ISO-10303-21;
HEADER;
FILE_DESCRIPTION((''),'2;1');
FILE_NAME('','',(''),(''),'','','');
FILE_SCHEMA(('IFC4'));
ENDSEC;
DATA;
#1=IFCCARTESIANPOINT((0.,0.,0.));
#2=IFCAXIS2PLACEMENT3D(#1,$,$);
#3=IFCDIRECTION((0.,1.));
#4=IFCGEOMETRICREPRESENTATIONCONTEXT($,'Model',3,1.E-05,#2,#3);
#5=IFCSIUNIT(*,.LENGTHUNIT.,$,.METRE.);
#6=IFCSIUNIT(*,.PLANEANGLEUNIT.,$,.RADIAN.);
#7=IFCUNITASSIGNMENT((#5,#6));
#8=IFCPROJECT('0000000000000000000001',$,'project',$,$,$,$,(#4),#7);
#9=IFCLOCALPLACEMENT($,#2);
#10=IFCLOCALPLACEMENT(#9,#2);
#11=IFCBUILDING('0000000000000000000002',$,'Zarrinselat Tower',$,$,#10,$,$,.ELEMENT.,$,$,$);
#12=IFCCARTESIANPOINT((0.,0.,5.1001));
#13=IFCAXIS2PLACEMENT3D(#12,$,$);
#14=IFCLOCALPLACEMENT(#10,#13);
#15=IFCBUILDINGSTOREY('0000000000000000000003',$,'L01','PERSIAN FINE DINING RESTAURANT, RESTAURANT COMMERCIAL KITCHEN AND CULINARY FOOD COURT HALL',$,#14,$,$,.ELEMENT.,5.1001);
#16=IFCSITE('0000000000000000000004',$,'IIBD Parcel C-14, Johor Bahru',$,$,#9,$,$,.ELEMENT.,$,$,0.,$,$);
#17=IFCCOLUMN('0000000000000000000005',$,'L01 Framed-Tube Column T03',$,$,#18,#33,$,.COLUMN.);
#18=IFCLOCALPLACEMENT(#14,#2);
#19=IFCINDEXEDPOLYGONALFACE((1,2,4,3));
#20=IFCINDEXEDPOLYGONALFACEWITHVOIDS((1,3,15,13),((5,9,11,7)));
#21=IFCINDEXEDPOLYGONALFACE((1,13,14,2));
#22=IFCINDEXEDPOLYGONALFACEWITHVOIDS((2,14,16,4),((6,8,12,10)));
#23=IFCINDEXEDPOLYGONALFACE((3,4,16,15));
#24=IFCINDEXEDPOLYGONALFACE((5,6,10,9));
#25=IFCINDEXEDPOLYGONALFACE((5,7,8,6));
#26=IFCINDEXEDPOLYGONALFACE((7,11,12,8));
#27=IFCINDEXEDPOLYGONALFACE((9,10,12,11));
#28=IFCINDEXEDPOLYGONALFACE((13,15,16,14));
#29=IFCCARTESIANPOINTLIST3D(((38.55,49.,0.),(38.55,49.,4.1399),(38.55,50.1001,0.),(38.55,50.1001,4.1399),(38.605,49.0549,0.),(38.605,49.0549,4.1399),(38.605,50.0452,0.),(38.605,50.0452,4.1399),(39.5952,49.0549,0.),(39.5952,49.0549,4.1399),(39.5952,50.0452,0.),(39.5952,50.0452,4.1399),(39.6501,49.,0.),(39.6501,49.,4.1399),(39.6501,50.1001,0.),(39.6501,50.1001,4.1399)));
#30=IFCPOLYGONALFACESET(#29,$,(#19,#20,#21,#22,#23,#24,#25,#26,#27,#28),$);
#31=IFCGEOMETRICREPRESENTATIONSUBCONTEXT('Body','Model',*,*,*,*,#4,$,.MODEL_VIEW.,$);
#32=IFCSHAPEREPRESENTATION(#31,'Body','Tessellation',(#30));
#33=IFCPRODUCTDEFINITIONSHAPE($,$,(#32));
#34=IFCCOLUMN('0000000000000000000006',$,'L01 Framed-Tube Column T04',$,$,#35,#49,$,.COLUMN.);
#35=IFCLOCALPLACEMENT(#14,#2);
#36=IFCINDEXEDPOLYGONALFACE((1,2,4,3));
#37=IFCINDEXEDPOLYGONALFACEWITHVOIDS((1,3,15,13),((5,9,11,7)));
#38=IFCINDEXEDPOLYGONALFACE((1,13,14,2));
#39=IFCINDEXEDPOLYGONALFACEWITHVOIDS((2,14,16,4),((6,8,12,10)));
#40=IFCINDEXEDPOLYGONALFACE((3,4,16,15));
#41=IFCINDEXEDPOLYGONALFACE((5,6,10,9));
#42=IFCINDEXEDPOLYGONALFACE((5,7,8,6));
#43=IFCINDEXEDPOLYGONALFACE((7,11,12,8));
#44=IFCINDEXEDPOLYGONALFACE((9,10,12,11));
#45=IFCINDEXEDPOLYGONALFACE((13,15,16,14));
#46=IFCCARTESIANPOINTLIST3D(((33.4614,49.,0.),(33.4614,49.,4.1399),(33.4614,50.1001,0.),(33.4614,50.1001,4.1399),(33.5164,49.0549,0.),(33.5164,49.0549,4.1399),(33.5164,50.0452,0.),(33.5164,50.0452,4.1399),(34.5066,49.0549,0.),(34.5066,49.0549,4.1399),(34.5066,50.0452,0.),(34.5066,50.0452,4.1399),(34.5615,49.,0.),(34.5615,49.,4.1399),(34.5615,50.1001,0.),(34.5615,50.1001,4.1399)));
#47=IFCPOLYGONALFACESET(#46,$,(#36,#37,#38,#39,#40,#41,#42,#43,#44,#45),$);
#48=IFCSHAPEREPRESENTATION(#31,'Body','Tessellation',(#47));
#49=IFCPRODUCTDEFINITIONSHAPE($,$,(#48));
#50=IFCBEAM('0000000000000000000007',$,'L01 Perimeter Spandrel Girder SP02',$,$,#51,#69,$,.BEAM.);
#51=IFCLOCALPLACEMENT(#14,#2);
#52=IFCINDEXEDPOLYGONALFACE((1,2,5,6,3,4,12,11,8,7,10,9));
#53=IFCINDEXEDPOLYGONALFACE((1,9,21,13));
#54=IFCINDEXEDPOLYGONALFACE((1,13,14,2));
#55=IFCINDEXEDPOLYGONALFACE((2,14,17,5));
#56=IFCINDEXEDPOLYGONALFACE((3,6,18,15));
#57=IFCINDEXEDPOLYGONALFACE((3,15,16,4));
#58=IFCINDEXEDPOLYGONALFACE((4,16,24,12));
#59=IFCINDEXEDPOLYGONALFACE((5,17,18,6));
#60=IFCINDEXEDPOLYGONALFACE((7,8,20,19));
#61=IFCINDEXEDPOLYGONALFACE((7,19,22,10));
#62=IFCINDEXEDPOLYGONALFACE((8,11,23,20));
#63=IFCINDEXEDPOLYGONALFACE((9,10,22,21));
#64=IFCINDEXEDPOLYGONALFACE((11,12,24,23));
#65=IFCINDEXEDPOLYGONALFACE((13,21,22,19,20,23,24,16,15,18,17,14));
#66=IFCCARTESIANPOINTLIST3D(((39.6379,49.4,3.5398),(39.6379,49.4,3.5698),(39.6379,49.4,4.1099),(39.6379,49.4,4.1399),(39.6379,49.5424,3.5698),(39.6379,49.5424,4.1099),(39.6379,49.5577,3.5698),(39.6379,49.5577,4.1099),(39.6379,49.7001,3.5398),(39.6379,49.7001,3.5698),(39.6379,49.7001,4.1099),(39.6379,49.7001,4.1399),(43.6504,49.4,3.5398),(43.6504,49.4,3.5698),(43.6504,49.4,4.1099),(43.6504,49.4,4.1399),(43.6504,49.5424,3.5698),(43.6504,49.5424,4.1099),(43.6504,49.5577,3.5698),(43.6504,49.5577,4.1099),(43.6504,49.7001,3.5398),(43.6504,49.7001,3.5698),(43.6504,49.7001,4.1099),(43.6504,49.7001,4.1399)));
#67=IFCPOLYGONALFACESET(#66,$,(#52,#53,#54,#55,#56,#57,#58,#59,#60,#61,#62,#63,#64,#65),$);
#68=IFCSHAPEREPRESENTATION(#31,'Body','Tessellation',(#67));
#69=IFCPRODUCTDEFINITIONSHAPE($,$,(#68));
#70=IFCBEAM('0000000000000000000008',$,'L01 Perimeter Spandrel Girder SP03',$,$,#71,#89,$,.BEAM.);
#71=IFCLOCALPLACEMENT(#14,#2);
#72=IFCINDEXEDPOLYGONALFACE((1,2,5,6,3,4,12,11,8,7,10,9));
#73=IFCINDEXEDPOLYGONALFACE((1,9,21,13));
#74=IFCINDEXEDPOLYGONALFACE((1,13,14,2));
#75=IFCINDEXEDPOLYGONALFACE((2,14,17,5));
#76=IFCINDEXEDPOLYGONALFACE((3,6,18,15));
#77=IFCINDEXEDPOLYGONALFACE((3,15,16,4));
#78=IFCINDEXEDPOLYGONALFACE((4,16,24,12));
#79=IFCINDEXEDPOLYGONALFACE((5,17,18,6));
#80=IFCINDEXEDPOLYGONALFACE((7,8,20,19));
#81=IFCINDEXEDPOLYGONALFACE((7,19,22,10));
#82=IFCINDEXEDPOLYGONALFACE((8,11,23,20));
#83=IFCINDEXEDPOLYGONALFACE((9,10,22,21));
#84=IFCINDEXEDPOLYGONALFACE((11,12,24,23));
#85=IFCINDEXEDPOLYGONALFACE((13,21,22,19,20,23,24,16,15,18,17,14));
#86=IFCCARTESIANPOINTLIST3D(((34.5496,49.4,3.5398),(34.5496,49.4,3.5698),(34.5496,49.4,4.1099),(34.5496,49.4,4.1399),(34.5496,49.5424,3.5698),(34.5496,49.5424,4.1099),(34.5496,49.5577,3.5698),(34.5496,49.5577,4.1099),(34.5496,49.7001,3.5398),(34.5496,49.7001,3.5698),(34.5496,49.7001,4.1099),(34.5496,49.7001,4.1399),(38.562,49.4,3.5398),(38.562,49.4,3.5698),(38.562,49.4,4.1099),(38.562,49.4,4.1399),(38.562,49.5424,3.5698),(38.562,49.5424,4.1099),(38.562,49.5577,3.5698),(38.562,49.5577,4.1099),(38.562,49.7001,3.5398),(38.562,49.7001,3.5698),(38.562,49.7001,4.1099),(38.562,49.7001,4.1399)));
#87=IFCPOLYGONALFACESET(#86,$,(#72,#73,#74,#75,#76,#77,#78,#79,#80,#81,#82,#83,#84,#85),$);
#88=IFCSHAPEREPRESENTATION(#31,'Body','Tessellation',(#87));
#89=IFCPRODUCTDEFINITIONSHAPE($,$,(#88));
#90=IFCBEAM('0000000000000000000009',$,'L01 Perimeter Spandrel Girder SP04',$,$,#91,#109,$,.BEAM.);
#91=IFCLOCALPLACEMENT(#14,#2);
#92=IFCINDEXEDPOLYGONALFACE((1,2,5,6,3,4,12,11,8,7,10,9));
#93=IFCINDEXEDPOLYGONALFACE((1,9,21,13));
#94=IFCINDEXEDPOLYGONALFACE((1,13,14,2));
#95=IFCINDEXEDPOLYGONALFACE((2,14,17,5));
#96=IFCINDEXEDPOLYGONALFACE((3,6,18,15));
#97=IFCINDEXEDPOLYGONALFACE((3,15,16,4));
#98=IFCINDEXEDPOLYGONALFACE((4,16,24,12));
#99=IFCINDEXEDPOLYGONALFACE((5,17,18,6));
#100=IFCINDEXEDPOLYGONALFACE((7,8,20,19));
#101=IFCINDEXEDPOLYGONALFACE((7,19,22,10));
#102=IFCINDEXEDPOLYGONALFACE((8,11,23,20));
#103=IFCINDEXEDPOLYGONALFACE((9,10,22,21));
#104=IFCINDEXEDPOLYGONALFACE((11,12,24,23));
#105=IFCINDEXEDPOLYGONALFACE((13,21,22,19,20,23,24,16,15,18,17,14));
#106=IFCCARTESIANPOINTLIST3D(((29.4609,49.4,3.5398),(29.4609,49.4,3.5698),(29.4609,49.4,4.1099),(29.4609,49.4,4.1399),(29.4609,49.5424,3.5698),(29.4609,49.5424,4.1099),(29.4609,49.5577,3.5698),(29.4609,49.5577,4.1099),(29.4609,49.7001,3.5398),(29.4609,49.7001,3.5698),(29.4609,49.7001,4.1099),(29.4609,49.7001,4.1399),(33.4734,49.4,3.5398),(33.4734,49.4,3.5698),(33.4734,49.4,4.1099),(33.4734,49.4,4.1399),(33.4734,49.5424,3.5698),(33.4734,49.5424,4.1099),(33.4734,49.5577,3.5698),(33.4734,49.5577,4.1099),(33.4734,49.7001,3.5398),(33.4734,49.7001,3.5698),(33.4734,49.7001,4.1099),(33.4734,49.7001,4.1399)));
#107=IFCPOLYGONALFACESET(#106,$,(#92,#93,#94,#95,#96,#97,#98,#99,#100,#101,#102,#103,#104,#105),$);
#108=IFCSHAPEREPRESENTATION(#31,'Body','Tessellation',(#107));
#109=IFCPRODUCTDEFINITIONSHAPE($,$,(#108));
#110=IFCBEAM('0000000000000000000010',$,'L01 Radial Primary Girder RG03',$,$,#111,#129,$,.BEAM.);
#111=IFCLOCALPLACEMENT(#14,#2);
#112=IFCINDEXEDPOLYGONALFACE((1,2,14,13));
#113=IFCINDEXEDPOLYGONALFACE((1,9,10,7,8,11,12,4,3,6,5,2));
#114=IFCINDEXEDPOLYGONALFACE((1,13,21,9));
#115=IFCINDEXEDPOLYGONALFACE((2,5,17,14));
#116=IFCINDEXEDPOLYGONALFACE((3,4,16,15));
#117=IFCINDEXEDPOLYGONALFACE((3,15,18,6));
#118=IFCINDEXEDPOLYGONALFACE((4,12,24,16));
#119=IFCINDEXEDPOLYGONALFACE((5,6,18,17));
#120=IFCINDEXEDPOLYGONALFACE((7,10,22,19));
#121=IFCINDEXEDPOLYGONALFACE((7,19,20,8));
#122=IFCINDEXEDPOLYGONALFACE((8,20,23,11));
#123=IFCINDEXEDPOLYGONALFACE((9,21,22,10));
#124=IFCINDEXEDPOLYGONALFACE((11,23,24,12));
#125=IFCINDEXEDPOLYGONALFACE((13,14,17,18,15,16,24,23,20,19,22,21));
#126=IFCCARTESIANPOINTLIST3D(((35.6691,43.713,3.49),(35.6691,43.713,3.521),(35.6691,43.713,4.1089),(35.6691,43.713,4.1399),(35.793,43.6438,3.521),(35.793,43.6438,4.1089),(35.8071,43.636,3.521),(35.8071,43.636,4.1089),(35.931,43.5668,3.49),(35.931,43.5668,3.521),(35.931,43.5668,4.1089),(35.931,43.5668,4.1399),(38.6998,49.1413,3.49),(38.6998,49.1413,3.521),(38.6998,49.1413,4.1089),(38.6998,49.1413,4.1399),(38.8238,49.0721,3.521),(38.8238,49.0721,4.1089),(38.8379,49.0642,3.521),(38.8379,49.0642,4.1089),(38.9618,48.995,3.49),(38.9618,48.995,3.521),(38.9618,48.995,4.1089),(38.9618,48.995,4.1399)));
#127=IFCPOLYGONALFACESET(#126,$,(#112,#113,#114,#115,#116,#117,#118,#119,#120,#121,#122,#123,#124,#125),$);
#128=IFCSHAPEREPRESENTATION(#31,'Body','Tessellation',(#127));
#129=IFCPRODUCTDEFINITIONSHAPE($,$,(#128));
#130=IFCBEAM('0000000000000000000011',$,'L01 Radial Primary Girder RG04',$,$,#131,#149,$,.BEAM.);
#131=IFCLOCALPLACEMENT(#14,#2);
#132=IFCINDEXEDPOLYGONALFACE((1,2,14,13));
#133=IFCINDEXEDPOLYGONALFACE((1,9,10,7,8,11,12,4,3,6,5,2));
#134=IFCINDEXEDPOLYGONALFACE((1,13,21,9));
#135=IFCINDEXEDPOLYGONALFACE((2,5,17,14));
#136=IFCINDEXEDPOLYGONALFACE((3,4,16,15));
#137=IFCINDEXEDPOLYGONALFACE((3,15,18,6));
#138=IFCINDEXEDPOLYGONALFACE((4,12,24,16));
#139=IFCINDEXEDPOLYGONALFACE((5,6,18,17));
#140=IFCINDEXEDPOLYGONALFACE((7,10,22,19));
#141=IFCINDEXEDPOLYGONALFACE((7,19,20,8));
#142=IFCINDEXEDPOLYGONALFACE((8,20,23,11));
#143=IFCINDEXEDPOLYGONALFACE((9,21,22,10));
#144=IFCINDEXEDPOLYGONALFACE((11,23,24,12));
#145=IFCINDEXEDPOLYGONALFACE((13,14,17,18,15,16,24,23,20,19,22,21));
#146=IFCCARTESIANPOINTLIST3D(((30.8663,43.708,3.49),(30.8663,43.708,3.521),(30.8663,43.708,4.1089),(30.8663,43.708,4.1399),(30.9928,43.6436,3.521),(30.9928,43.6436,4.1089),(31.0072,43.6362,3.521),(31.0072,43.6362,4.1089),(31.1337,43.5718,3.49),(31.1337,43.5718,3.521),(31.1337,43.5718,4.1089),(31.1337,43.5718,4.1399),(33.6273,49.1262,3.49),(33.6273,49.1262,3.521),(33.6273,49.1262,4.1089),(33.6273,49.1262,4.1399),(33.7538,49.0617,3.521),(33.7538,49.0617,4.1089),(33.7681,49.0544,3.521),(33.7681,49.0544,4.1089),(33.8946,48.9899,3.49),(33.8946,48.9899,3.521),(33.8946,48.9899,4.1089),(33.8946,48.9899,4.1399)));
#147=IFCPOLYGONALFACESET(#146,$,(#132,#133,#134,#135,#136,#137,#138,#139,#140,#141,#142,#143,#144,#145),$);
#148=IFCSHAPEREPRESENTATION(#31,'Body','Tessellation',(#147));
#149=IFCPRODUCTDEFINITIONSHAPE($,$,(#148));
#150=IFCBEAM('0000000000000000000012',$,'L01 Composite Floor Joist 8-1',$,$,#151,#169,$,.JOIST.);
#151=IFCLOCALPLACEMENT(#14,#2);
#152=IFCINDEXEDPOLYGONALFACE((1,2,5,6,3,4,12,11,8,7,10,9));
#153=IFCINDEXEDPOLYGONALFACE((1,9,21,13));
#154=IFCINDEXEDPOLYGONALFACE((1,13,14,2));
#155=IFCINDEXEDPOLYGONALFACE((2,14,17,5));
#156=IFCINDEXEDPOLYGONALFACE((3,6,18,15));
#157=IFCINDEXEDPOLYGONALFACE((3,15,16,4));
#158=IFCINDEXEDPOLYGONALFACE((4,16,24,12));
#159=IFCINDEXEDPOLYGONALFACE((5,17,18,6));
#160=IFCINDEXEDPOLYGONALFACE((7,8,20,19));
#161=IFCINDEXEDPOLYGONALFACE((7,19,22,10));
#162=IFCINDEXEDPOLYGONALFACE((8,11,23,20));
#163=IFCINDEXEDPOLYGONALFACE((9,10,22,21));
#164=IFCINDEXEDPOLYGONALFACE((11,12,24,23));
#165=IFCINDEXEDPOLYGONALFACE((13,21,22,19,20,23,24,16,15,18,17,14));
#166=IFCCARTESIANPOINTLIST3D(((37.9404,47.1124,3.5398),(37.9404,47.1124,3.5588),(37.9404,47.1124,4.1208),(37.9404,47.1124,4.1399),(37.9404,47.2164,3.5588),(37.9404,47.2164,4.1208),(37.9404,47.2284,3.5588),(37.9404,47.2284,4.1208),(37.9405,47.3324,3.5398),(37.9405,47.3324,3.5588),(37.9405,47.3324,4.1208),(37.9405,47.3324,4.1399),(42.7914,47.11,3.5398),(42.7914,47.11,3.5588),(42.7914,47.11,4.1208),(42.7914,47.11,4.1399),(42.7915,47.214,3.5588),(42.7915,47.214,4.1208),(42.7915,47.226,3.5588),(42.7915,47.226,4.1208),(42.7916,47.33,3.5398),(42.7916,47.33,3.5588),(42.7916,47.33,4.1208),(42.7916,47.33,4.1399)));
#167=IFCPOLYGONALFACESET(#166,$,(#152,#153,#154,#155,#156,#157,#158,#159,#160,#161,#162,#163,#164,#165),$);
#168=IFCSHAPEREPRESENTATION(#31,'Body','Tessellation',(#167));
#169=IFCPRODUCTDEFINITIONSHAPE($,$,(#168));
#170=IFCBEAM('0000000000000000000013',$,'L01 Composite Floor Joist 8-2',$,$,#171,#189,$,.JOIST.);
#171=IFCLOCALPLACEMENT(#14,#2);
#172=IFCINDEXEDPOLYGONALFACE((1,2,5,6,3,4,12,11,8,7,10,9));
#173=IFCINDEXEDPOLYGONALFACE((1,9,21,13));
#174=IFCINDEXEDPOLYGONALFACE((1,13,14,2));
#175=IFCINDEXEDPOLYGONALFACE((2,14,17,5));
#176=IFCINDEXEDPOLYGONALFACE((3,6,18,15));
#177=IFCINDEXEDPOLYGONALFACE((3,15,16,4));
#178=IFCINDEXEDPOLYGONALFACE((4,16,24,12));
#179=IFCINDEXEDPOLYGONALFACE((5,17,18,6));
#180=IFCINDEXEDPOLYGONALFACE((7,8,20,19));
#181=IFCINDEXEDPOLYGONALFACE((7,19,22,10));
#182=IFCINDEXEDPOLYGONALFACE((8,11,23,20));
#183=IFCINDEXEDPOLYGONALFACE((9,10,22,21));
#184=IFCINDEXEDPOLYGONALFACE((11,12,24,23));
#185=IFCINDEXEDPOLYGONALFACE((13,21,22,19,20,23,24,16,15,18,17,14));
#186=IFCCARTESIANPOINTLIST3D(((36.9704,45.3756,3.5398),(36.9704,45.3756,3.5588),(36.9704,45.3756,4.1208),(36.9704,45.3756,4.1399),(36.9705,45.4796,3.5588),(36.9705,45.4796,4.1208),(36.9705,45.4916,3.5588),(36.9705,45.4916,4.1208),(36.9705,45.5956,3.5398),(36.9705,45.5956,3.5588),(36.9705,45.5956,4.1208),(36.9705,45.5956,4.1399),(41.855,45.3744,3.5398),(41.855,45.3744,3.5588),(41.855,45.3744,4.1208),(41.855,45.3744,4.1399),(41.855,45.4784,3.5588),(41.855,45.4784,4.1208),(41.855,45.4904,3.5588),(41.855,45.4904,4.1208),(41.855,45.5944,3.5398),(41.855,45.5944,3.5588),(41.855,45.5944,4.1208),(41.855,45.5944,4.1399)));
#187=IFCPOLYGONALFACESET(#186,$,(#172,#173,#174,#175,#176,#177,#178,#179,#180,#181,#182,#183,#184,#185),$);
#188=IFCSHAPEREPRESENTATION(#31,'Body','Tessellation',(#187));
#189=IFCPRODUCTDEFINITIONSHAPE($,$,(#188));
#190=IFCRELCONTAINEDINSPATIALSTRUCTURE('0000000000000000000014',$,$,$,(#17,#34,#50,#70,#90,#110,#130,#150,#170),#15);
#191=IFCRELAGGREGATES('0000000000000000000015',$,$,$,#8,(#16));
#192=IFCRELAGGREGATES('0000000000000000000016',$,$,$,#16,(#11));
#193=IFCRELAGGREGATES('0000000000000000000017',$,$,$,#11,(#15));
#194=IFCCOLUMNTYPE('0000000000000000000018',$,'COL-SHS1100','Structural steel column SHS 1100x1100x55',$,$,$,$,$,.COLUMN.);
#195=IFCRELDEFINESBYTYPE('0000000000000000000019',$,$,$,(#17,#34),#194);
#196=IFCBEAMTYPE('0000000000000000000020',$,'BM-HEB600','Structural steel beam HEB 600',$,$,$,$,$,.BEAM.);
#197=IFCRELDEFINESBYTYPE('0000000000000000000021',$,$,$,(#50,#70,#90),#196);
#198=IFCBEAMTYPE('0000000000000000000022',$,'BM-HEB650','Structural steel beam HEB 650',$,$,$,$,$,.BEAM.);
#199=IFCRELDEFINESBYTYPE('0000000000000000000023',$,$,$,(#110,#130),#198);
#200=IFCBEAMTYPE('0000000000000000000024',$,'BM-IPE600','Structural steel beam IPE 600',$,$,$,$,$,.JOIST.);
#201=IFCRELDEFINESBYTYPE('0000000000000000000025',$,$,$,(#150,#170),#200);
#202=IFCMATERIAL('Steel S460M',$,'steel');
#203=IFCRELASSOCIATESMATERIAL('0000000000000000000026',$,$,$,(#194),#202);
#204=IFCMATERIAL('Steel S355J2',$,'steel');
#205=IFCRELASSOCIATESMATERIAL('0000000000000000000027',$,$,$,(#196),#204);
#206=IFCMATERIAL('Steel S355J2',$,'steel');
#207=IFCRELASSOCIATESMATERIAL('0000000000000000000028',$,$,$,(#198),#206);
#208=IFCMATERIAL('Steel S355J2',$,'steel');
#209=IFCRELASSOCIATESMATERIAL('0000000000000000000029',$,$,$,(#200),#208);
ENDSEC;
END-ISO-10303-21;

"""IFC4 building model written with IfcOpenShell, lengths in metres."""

from ifc_helpers import new_model, si_unit, direction, frame, origin, origin_2d, place, context, subcontext, project, spatial, hollow_rectangle, i_section, extrude, material, material_profile, profile_set, type_object, element, save


model = new_model("IFC4")

# Units and contexts
model_context = context("Model", 3, precision=1e-05, world=origin(), true_north=direction((0.0, 1.0)))
body_context = subcontext(model_context, "Body", "Model", "MODEL_VIEW")
ifc_project = project(units=[si_unit("LENGTHUNIT", "METRE"), si_unit("PLANEANGLEUNIT", "RADIAN")], contexts=[model_context])

# Site, building, storey
site_placement = place(None, origin())
site = spatial("IfcSite", under=ifc_project, at=site_placement, Name="IIBD Parcel C-14, Johor Bahru", CompositionType="ELEMENT", RefElevation=0.0)
building_placement = place(site_placement, origin())
building = spatial("IfcBuilding", under=site, at=building_placement, Name="Zarrinselat Tower", CompositionType="ELEMENT")
storey_placement = place(building_placement, frame((0.0, 0.0, 5.1001)))
storey = spatial("IfcBuildingStorey", under=building, at=storey_placement, Name="L01", Description="PERSIAN FINE DINING RESTAURANT, RESTAURANT COMMERCIAL KITCHEN AND CULINARY FOOD COURT HALL", CompositionType="ELEMENT", Elevation=5.1001)

# Columns
ifc_material_1 = material(Name="Steel S460M", Category="steel")
ifc_material_profile_1 = material_profile(ifc_material_1, hollow_rectangle(XDim=1.1001, YDim=1.1001, WallThickness=0.0549, at=origin_2d()), Name="SHS 1100x1100x55")
ifc_profile_set_1 = profile_set([ifc_material_profile_1], Name="Steel S460M")
column_type = type_object("IfcColumnType", Name="COL-SHS1100", Description="Structural steel column SHS 1100x1100x55", PredefinedType="COLUMN", material=ifc_profile_set_1)
for number, where, z_axis, x_axis, name in (
    (1, (39.1001, 49.55, 0.0), (0.0, 0.0, 1.0), (1.0, 0.0, 0.0), "L01 Framed-Tube Column T03"),
    (2, (34.0115, 49.55, 0.0), (0.0, 0.0, 1.0), (1.0, 0.0, 0.0), "L01 Framed-Tube Column T04"),
):
    element("IfcColumn", number, at=place(storey_placement, frame(where, z_axis=z_axis, x_axis=x_axis)), inside=storey, type_object=column_type, Name=name, PredefinedType="COLUMN", context=body_context, shape_type="SweptSolid", body=[
        extrude(hollow_rectangle(XDim=1.1001, YDim=1.1001, WallThickness=0.0549, at=origin_2d()), origin(), (0.0, 0.0, 1.0), 4.1399),
    ])

# Beams
ifc_material_2 = material(Name="Steel S355J2", Category="steel")
ifc_material_profile_2 = material_profile(ifc_material_2, i_section(OverallWidth=0.3, OverallDepth=0.6001, WebThickness=0.0154, FlangeThickness=0.03, at=origin_2d()), Name="HEB 600")
ifc_profile_set_2 = profile_set([ifc_material_profile_2], Name="Steel S355J2")
beam_type_1 = type_object("IfcBeamType", Name="BM-HEB600", Description="Structural steel beam HEB 600", PredefinedType="BEAM", material=ifc_profile_set_2)
for number, where, z_axis, x_axis, name in (
    (3, (39.6379, 49.55, 3.8398), (1.0, 0.0, 0.0), (0.0, 1.0, 0.0), "L01 Perimeter Spandrel Girder SP02"),
    (4, (34.5496, 49.55, 3.8398), (1.0, 0.0, 0.0), (0.0, 1.0, 0.0), "L01 Perimeter Spandrel Girder SP03"),
    (5, (29.4609, 49.55, 3.8398), (1.0, 0.0, 0.0), (0.0, 1.0, 0.0), "L01 Perimeter Spandrel Girder SP04"),
):
    element("IfcBeam", number, at=place(storey_placement, frame(where, z_axis=z_axis, x_axis=x_axis)), inside=storey, type_object=beam_type_1, Name=name, PredefinedType="BEAM", context=body_context, shape_type="SweptSolid", body=[
        extrude(i_section(OverallWidth=0.3, OverallDepth=0.6001, WebThickness=0.0154, FlangeThickness=0.03, at=origin_2d()), origin(), (0.0, 0.0, 1.0), 4.0125),
    ])
ifc_material_3 = material(Name="Steel S355J2", Category="steel")
ifc_material_profile_3 = material_profile(ifc_material_3, i_section(OverallWidth=0.3, OverallDepth=0.6499, WebThickness=0.0161, FlangeThickness=0.031, at=origin_2d()), Name="HEB 650")
ifc_profile_set_3 = profile_set([ifc_material_profile_3], Name="Steel S355J2")
beam_type_2 = type_object("IfcBeamType", Name="BM-HEB650", Description="Structural steel beam HEB 650", PredefinedType="BEAM", material=ifc_profile_set_3)
beam_1_placement = place(storey_placement, frame((35.8, 43.6399, 3.8149), z_axis=(0.487496, 0.873125, 0.0), x_axis=(-0.873125, 0.487496, 0.0)))
element("IfcBeam", 6, at=beam_1_placement, inside=storey, type_object=beam_type_2, Name="L01 Radial Primary Girder RG03", PredefinedType="BEAM", context=body_context, shape_type="SweptSolid", body=[
    extrude(i_section(OverallWidth=0.3, OverallDepth=0.6499, WebThickness=0.0161, FlangeThickness=0.031, at=origin_2d()), origin(), (0.0, 0.0, 1.0), 6.217),
])
beam_2_placement = place(storey_placement, frame((31.0, 43.6399, 3.8149), z_axis=(0.454026, 0.890989, 0.0), x_axis=(-0.890989, 0.454026, 0.0)))
element("IfcBeam", 7, at=beam_2_placement, inside=storey, type_object=beam_type_2, Name="L01 Radial Primary Girder RG04", PredefinedType="BEAM", context=body_context, shape_type="SweptSolid", body=[
    extrude(i_section(OverallWidth=0.3, OverallDepth=0.6499, WebThickness=0.0161, FlangeThickness=0.031, at=origin_2d()), origin(), (0.0, 0.0, 1.0), 6.0811),
])
ifc_material_4 = material(Name="Steel S355J2", Category="steel")
ifc_material_profile_4 = material_profile(ifc_material_4, i_section(OverallWidth=0.22, OverallDepth=0.6001, WebThickness=0.012, FlangeThickness=0.019, at=origin_2d()), Name="IPE 600")
ifc_profile_set_4 = profile_set([ifc_material_profile_4], Name="Steel S355J2")
beam_type_3 = type_object("IfcBeamType", Name="BM-IPE600", Description="Structural steel beam IPE 600", PredefinedType="JOIST", material=ifc_profile_set_4)
beam_3_placement = place(storey_placement, frame((37.9404, 47.2224, 3.8398), z_axis=(1.0, -0.000503, 0.0), x_axis=(0.000503, 1.0, 0.0)))
element("IfcBeam", 8, at=beam_3_placement, inside=storey, type_object=beam_type_3, Name="L01 Composite Floor Joist 8-1", PredefinedType="JOIST", context=body_context, shape_type="SweptSolid", body=[
    extrude(i_section(OverallWidth=0.22, OverallDepth=0.6001, WebThickness=0.012, FlangeThickness=0.019, at=origin_2d()), origin(), (0.0, 0.0, 1.0), 4.8511),
])
beam_4_placement = place(storey_placement, frame((36.9705, 45.4856, 3.8398), z_axis=(1.0, -0.00025, 0.0), x_axis=(0.00025, 1.0, 0.0)))
element("IfcBeam", 9, at=beam_4_placement, inside=storey, type_object=beam_type_3, Name="L01 Composite Floor Joist 8-2", PredefinedType="JOIST", context=body_context, shape_type="SweptSolid", body=[
    extrude(i_section(OverallWidth=0.22, OverallDepth=0.6001, WebThickness=0.012, FlangeThickness=0.019, at=origin_2d()), origin(), (0.0, 0.0, 1.0), 4.8845),
])

save(model, "model.ifc")
